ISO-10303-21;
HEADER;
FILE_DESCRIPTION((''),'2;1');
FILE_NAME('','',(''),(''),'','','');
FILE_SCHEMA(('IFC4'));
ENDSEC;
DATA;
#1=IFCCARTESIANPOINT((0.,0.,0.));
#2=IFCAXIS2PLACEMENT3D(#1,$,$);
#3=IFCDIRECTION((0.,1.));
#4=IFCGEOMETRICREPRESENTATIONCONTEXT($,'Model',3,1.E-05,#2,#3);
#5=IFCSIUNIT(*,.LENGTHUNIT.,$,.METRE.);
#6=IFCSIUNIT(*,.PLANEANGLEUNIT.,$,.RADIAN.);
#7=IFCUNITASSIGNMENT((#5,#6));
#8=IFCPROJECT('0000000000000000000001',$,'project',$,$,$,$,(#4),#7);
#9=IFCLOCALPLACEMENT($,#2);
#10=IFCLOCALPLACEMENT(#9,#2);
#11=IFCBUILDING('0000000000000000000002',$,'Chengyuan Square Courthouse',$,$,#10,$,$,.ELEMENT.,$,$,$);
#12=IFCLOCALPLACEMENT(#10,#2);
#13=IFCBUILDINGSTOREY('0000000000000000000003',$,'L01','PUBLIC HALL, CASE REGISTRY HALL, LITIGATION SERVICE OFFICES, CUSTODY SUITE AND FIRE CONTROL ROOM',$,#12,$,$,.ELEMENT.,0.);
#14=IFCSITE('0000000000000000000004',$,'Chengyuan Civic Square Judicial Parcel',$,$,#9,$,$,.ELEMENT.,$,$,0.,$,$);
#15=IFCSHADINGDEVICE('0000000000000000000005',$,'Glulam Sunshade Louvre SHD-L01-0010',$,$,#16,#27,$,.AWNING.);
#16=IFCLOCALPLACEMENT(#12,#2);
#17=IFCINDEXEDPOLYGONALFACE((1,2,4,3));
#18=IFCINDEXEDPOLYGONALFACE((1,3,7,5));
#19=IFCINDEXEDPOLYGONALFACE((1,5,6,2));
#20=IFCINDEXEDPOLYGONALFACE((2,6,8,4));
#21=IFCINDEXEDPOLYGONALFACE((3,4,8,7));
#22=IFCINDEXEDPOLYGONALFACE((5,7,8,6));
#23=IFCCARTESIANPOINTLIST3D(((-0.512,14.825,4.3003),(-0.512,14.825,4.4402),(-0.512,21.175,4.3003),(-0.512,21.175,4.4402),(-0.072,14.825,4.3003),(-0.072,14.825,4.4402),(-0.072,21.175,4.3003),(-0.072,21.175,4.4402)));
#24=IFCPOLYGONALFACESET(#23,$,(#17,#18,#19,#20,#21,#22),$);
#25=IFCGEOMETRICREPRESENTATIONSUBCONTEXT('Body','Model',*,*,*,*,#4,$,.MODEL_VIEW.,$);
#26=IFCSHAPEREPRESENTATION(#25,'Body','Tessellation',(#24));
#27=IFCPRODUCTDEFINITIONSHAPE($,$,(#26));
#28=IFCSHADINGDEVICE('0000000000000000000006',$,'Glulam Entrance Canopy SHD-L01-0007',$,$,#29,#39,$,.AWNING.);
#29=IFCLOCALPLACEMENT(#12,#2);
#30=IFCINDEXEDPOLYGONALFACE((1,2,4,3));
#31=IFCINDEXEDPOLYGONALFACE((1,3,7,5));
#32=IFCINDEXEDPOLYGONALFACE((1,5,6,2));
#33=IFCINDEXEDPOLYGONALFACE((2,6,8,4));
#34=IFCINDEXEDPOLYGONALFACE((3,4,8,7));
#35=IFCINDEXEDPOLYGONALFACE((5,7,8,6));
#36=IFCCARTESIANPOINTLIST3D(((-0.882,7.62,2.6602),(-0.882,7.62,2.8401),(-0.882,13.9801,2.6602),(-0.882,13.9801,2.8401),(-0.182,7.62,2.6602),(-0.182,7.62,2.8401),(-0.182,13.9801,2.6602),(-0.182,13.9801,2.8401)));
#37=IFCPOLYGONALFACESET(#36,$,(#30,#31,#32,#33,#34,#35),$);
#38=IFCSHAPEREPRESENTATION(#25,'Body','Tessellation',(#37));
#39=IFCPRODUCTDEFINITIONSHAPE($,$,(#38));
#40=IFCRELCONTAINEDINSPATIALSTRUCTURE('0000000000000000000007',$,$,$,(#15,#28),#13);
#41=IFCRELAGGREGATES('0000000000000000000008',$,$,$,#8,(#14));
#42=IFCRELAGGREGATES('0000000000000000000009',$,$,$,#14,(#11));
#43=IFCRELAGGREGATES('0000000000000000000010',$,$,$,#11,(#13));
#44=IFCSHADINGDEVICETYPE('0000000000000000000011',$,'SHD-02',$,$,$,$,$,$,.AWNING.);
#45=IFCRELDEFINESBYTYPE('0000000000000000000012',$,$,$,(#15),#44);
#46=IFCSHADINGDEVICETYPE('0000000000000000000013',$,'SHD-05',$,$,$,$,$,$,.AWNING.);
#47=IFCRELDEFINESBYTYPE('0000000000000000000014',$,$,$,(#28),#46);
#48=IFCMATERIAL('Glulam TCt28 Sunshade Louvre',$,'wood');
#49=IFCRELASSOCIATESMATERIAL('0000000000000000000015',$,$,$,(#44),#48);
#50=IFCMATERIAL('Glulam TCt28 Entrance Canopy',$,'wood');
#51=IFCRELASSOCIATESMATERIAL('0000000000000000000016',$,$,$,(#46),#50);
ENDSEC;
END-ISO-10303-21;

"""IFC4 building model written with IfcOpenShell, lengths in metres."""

from ifc_helpers import new_model, si_unit, direction, frame, origin, origin_2d, place, context, subcontext, project, spatial, rectangle, extrude, material, type_object, element, save


model = new_model("IFC4")

# Units and contexts
model_context = context("Model", 3, precision=1e-05, world=origin(), true_north=direction((0.0, 1.0)))
body_context = subcontext(model_context, "Body", "Model", "MODEL_VIEW")
ifc_project = project(units=[si_unit("LENGTHUNIT", "METRE"), si_unit("PLANEANGLEUNIT", "RADIAN")], contexts=[model_context])

# Site, building, storey
site_placement = place(None, origin())
site = spatial("IfcSite", under=ifc_project, at=site_placement, Name="Chengyuan Civic Square Judicial Parcel", CompositionType="ELEMENT", RefElevation=0.0)
building_placement = place(site_placement, origin())
building = spatial("IfcBuilding", under=site, at=building_placement, Name="Chengyuan Square Courthouse", CompositionType="ELEMENT")
storey_placement = place(building_placement, origin())
storey = spatial("IfcBuildingStorey", under=building, at=storey_placement, Name="L01", Description="PUBLIC HALL, CASE REGISTRY HALL, LITIGATION SERVICE OFFICES, CUSTODY SUITE AND FIRE CONTROL ROOM", CompositionType="ELEMENT", Elevation=0.0)

# Shading devices
ifc_material_1 = material(Name="Glulam TCt28 Sunshade Louvre", Category="wood")
shading_device_type_1 = type_object("IfcShadingDeviceType", Name="SHD-02", PredefinedType="AWNING", material=ifc_material_1)
shading_device_1_placement = place(storey_placement, frame((-0.292, 18.0, 4.3003), z_axis=(0.0, 0.0, 1.0), x_axis=(0.0, 1.0, 0.0)))
element("IfcShadingDevice", 1, at=shading_device_1_placement, inside=storey, type_object=shading_device_type_1, Name="Glulam Sunshade Louvre SHD-L01-0010", PredefinedType="AWNING", context=body_context, shape_type="SweptSolid", body=[
    extrude(rectangle(XDim=6.3501, YDim=0.4399, at=origin_2d()), origin(), (0.0, 0.0, 1.0), 0.1399),
])
ifc_material_2 = material(Name="Glulam TCt28 Entrance Canopy", Category="wood")
shading_device_type_2 = type_object("IfcShadingDeviceType", Name="SHD-05", PredefinedType="AWNING", material=ifc_material_2)
shading_device_2_placement = place(storey_placement, frame((-0.532, 10.8, 2.6602), z_axis=(0.0, 0.0, 1.0), x_axis=(0.0, 1.0, 0.0)))
element("IfcShadingDevice", 2, at=shading_device_2_placement, inside=storey, type_object=shading_device_type_2, Name="Glulam Entrance Canopy SHD-L01-0007", PredefinedType="AWNING", context=body_context, shape_type="SweptSolid", body=[
    extrude(rectangle(XDim=6.3601, YDim=0.7, at=origin_2d()), origin(), (0.0, 0.0, 1.0), 0.1799),
])

save(model, "model.ifc")
